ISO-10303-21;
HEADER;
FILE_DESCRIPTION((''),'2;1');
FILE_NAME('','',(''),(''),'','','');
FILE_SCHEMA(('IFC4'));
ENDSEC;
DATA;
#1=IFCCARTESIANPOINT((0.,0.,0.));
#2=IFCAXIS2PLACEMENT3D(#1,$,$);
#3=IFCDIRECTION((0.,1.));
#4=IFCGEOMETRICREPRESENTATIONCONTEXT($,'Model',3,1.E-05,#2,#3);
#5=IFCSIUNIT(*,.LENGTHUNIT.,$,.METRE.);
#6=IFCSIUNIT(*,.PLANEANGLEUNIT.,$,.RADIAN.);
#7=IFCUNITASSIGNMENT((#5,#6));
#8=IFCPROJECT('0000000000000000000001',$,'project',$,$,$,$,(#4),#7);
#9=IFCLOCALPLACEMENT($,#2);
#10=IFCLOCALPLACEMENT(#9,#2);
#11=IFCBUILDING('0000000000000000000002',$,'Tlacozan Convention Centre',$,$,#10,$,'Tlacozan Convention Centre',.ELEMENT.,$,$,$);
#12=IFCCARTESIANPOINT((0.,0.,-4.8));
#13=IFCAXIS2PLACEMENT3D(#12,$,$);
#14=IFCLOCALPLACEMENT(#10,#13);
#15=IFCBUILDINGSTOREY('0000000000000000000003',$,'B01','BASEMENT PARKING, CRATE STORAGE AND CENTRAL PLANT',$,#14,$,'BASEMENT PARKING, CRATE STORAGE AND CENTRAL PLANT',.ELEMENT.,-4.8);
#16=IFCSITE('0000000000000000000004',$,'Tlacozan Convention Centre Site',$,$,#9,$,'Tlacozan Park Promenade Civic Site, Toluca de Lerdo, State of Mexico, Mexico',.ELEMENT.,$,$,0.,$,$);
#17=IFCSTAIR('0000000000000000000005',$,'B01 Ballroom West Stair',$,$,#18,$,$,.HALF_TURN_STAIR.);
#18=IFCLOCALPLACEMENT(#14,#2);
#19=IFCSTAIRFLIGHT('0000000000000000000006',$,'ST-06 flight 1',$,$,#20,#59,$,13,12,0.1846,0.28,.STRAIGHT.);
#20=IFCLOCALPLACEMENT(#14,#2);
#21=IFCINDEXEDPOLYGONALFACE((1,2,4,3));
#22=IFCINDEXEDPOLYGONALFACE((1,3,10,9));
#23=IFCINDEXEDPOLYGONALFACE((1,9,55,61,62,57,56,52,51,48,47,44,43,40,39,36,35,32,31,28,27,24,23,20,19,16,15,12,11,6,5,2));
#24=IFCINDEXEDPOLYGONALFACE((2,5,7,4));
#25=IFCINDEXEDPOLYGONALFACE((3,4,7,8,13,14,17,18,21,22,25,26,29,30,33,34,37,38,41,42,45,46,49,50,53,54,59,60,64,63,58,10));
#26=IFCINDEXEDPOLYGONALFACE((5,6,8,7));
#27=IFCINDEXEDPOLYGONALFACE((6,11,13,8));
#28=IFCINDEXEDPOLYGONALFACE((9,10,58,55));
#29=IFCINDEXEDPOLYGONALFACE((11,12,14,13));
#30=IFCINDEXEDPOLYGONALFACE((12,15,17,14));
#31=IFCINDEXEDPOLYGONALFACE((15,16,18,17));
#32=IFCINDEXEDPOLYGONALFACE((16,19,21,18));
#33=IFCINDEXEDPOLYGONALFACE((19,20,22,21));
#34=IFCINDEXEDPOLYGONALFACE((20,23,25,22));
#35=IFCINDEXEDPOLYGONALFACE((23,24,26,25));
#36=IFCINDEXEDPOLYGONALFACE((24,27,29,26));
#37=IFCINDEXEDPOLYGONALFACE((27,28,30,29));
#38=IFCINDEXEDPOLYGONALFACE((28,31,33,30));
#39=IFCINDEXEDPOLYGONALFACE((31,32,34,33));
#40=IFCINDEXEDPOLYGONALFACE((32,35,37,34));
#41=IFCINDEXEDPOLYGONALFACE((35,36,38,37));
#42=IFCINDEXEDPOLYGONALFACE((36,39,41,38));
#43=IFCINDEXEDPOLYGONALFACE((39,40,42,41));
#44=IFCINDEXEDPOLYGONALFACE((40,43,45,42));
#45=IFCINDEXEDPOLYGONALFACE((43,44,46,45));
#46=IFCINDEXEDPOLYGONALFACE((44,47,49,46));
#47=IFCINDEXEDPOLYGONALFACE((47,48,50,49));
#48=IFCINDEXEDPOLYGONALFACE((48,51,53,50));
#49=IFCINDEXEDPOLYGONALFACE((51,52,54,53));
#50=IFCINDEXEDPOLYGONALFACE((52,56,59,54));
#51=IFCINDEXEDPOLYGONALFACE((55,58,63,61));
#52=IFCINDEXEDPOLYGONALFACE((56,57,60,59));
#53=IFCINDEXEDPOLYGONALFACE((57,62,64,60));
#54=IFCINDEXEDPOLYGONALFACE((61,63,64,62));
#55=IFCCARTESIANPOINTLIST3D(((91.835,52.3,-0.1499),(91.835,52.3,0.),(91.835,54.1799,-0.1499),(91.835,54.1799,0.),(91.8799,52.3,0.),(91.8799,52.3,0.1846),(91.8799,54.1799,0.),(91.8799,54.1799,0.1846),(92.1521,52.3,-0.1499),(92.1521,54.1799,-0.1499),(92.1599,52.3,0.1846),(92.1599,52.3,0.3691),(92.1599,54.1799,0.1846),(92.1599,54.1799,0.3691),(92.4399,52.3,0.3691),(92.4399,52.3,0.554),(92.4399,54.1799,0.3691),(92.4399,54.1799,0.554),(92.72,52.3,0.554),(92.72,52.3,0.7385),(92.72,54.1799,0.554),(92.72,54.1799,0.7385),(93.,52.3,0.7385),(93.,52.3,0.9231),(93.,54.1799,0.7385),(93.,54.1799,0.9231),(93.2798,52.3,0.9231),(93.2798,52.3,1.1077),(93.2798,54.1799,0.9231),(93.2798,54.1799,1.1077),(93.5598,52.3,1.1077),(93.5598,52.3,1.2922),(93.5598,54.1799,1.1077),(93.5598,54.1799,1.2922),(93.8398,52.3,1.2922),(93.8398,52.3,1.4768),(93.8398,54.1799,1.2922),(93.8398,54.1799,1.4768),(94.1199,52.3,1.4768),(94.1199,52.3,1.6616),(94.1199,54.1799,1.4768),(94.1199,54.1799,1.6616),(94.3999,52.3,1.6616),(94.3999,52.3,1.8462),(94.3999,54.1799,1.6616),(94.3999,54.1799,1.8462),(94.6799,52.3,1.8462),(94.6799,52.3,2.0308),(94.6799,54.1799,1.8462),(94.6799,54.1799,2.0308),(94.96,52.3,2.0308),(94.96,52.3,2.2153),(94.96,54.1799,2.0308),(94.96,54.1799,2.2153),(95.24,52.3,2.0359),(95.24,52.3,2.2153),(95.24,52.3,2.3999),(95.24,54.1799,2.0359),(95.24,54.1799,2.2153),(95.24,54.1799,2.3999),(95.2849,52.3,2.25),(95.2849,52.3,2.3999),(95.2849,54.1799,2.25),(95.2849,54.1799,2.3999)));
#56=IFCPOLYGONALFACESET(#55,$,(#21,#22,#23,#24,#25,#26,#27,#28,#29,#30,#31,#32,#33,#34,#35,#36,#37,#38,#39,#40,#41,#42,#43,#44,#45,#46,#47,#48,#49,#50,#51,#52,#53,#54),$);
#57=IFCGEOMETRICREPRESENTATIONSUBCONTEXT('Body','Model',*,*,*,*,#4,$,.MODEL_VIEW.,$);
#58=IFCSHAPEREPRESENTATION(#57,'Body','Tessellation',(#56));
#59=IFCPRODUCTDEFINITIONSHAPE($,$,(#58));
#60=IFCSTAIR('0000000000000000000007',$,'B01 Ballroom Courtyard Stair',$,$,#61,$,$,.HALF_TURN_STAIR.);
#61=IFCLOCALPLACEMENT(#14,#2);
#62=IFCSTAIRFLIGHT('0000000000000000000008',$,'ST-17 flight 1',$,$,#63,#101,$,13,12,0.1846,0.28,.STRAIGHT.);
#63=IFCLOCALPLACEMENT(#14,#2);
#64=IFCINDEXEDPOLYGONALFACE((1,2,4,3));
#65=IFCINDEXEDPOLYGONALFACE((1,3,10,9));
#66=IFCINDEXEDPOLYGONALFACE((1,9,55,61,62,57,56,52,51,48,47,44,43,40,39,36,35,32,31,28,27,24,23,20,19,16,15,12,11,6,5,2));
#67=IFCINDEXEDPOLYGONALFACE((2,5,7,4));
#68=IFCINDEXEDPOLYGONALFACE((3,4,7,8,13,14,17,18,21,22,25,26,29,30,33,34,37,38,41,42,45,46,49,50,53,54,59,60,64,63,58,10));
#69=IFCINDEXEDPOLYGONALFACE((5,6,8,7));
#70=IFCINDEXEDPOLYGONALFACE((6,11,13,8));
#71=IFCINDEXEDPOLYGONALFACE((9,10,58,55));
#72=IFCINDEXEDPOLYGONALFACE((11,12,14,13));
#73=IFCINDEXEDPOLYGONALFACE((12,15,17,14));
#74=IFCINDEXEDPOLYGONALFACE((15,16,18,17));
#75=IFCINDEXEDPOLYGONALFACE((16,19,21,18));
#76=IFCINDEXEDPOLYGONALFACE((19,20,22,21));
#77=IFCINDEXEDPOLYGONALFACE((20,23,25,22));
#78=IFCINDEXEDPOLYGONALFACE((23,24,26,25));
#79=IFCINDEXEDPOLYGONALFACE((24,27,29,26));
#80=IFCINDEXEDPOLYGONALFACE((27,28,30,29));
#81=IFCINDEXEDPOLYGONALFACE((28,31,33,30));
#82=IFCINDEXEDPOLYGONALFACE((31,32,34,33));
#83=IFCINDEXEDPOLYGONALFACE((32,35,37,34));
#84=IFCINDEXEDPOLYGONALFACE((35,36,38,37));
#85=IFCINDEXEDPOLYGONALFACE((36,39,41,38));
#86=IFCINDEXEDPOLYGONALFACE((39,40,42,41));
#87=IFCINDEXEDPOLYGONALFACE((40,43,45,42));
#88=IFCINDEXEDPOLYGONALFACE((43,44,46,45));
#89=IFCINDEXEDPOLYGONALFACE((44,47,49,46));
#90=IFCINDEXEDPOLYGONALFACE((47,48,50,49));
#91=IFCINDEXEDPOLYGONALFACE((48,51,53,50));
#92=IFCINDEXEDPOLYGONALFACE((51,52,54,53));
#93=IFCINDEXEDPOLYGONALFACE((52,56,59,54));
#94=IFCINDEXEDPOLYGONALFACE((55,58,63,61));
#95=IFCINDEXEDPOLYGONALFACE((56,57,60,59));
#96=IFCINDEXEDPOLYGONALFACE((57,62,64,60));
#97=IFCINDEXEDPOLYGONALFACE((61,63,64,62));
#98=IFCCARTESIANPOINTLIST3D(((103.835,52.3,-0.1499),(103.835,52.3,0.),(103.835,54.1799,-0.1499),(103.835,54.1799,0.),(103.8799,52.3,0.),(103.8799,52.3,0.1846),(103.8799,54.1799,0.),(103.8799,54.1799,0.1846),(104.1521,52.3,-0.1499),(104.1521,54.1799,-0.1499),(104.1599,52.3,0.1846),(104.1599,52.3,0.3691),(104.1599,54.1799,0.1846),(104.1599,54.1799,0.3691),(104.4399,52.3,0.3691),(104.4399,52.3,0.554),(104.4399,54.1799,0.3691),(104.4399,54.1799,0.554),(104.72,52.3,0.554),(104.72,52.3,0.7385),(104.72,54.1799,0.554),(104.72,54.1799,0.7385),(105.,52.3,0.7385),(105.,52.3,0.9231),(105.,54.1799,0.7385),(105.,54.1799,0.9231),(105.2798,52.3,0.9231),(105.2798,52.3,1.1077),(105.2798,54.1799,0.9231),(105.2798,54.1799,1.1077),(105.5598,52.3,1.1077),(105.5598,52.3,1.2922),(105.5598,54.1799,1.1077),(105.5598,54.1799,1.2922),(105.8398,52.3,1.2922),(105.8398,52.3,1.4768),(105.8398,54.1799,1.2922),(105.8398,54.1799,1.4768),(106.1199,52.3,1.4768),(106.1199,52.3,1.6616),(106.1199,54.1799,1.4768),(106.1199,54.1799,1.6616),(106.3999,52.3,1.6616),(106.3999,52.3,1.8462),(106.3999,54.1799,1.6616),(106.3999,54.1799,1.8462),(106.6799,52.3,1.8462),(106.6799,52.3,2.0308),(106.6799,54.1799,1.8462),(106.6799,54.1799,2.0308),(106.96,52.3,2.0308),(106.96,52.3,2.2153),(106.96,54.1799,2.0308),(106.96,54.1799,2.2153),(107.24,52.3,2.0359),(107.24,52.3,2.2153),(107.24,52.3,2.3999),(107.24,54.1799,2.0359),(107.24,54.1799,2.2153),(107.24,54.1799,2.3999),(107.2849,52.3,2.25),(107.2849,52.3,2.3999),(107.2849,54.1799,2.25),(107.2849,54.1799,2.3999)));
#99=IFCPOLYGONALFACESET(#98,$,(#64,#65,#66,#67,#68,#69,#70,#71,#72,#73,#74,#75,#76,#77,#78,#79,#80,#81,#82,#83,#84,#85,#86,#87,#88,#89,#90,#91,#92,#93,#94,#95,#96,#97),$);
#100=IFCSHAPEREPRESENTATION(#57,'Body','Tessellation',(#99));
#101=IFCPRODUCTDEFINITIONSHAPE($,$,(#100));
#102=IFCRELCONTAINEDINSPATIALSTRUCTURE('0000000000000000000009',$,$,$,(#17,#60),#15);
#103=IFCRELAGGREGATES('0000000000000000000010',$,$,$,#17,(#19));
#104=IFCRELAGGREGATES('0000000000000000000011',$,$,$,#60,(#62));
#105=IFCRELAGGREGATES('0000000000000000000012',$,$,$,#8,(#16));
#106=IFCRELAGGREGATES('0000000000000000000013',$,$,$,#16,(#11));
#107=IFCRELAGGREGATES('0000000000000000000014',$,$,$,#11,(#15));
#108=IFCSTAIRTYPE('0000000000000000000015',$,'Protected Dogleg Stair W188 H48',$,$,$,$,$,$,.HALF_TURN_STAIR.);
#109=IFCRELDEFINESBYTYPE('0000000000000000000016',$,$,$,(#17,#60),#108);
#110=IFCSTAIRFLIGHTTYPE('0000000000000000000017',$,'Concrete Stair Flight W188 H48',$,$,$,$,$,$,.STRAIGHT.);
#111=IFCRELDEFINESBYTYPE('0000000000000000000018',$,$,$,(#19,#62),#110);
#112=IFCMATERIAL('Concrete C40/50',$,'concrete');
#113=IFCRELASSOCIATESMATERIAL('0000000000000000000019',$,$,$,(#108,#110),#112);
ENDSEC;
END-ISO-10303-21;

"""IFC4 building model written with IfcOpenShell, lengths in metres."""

from ifc_helpers import new_model, si_unit, direction, frame, origin, place, context, subcontext, project, spatial, polyline, outline, extrude, material, type_object, element, aggregate, save


model = new_model("IFC4")

# Units and contexts
model_context = context("Model", 3, precision=1e-05, world=origin(), true_north=direction((0.0, 1.0)))
body_context = subcontext(model_context, "Body", "Model", "MODEL_VIEW")
ifc_project = project(units=[si_unit("LENGTHUNIT", "METRE"), si_unit("PLANEANGLEUNIT", "RADIAN")], contexts=[model_context])

# Site, building, storey
site_placement = place(None, origin())
site = spatial("IfcSite", under=ifc_project, at=site_placement, Name="Tlacozan Convention Centre Site", LongName="Tlacozan Park Promenade Civic Site, Toluca de Lerdo, State of Mexico, Mexico", CompositionType="ELEMENT", RefElevation=0.0)
building_placement = place(site_placement, origin())
building = spatial("IfcBuilding", under=site, at=building_placement, Name="Tlacozan Convention Centre", LongName="Tlacozan Convention Centre", CompositionType="ELEMENT")
storey_placement = place(building_placement, frame((0.0, 0.0, -4.8)))
storey = spatial("IfcBuildingStorey", under=building, at=storey_placement, Name="B01", Description="BASEMENT PARKING, CRATE STORAGE AND CENTRAL PLANT", LongName="BASEMENT PARKING, CRATE STORAGE AND CENTRAL PLANT", CompositionType="ELEMENT", Elevation=-4.8)

# Shared definitions
ifc_material_1 = material(Name="Concrete C40/50", Category="concrete")

# Stairs, stair flights
stair_type = type_object("IfcStairType", Name="Protected Dogleg Stair W188 H48", PredefinedType="HALF_TURN_STAIR", material=ifc_material_1)
stair_1_placement = place(storey_placement, origin())
stair_1 = element("IfcStair", 1, at=stair_1_placement, inside=storey, type_object=stair_type, Name="B01 Ballroom West Stair", PredefinedType="HALF_TURN_STAIR")
stair_flight_type = type_object("IfcStairFlightType", Name="Concrete Stair Flight W188 H48", PredefinedType="STRAIGHT", material=ifc_material_1)
stair_flight_1_placement = place(storey_placement, frame((91.8799, 53.24, 0.0), z_axis=(0.0, 0.0, 1.0), x_axis=(1.0, 0.0, 0.0)))
stair_flight_1 = element("IfcStairFlight", 2, at=stair_flight_1_placement, type_object=stair_flight_type, Name="ST-06 flight 1", NumberOfRisers=13, NumberOfTreads=12, PredefinedType="STRAIGHT", RiserHeight=0.1846, TreadLength=0.28, context=body_context, shape_type="SweptSolid", body=[
    extrude(outline(polyline([(-0.0449, -0.1499), (-0.0449, 0.0), (0.0, 0.0), (0.0, 0.1846), (0.28, 0.1846), (0.28, 0.3691), (0.5601, 0.3691), (0.5601, 0.554), (0.8401, 0.554), (0.8401, 0.7385), (1.1201, 0.7385), (1.1201, 0.9231), (1.3999, 0.9231), (1.3999, 1.1077), (1.6799, 1.1077), (1.6799, 1.2922), (1.96, 1.2922), (1.96, 1.4768), (2.24, 1.4768), (2.24, 1.6616), (2.52, 1.6616), (2.52, 1.8462), (2.8, 1.8462), (2.8, 2.0308), (3.0801, 2.0308), (3.0801, 2.2153), (3.3601, 2.2153), (3.3601, 2.3999), (3.405, 2.3999), (3.405, 2.25), (3.3601, 2.0359), (0.2722, -0.1499), (-0.0449, -0.1499)])), frame((0.0, 0.9399, 0.0), z_axis=(0.0, -1.0, 0.0), x_axis=(1.0, 0.0, 0.0)), (0.0, 0.0, 1.0), 1.8799),
])
aggregate(stair_1, [stair_flight_1])
stair_2_placement = place(storey_placement, origin())
stair_2 = element("IfcStair", 3, at=stair_2_placement, inside=storey, type_object=stair_type, Name="B01 Ballroom Courtyard Stair", PredefinedType="HALF_TURN_STAIR")
stair_flight_2_placement = place(storey_placement, frame((103.8799, 53.24, 0.0), z_axis=(0.0, 0.0, 1.0), x_axis=(1.0, 0.0, 0.0)))
stair_flight_2 = element("IfcStairFlight", 4, at=stair_flight_2_placement, type_object=stair_flight_type, Name="ST-17 flight 1", NumberOfRisers=13, NumberOfTreads=12, PredefinedType="STRAIGHT", RiserHeight=0.1846, TreadLength=0.28, context=body_context, shape_type="SweptSolid", body=[
    extrude(outline(polyline([(-0.0449, -0.1499), (-0.0449, 0.0), (0.0, 0.0), (0.0, 0.1846), (0.28, 0.1846), (0.28, 0.3691), (0.5601, 0.3691), (0.5601, 0.554), (0.8401, 0.554), (0.8401, 0.7385), (1.1201, 0.7385), (1.1201, 0.9231), (1.3999, 0.9231), (1.3999, 1.1077), (1.6799, 1.1077), (1.6799, 1.2922), (1.96, 1.2922), (1.96, 1.4768), (2.24, 1.4768), (2.24, 1.6616), (2.52, 1.6616), (2.52, 1.8462), (2.8, 1.8462), (2.8, 2.0308), (3.0801, 2.0308), (3.0801, 2.2153), (3.3601, 2.2153), (3.3601, 2.3999), (3.405, 2.3999), (3.405, 2.25), (3.3601, 2.0359), (0.2722, -0.1499), (-0.0449, -0.1499)])), frame((0.0, 0.9399, 0.0), z_axis=(0.0, -1.0, 0.0), x_axis=(1.0, 0.0, 0.0)), (0.0, 0.0, 1.0), 1.8799),
])
aggregate(stair_2, [stair_flight_2])

save(model, "model.ifc")
